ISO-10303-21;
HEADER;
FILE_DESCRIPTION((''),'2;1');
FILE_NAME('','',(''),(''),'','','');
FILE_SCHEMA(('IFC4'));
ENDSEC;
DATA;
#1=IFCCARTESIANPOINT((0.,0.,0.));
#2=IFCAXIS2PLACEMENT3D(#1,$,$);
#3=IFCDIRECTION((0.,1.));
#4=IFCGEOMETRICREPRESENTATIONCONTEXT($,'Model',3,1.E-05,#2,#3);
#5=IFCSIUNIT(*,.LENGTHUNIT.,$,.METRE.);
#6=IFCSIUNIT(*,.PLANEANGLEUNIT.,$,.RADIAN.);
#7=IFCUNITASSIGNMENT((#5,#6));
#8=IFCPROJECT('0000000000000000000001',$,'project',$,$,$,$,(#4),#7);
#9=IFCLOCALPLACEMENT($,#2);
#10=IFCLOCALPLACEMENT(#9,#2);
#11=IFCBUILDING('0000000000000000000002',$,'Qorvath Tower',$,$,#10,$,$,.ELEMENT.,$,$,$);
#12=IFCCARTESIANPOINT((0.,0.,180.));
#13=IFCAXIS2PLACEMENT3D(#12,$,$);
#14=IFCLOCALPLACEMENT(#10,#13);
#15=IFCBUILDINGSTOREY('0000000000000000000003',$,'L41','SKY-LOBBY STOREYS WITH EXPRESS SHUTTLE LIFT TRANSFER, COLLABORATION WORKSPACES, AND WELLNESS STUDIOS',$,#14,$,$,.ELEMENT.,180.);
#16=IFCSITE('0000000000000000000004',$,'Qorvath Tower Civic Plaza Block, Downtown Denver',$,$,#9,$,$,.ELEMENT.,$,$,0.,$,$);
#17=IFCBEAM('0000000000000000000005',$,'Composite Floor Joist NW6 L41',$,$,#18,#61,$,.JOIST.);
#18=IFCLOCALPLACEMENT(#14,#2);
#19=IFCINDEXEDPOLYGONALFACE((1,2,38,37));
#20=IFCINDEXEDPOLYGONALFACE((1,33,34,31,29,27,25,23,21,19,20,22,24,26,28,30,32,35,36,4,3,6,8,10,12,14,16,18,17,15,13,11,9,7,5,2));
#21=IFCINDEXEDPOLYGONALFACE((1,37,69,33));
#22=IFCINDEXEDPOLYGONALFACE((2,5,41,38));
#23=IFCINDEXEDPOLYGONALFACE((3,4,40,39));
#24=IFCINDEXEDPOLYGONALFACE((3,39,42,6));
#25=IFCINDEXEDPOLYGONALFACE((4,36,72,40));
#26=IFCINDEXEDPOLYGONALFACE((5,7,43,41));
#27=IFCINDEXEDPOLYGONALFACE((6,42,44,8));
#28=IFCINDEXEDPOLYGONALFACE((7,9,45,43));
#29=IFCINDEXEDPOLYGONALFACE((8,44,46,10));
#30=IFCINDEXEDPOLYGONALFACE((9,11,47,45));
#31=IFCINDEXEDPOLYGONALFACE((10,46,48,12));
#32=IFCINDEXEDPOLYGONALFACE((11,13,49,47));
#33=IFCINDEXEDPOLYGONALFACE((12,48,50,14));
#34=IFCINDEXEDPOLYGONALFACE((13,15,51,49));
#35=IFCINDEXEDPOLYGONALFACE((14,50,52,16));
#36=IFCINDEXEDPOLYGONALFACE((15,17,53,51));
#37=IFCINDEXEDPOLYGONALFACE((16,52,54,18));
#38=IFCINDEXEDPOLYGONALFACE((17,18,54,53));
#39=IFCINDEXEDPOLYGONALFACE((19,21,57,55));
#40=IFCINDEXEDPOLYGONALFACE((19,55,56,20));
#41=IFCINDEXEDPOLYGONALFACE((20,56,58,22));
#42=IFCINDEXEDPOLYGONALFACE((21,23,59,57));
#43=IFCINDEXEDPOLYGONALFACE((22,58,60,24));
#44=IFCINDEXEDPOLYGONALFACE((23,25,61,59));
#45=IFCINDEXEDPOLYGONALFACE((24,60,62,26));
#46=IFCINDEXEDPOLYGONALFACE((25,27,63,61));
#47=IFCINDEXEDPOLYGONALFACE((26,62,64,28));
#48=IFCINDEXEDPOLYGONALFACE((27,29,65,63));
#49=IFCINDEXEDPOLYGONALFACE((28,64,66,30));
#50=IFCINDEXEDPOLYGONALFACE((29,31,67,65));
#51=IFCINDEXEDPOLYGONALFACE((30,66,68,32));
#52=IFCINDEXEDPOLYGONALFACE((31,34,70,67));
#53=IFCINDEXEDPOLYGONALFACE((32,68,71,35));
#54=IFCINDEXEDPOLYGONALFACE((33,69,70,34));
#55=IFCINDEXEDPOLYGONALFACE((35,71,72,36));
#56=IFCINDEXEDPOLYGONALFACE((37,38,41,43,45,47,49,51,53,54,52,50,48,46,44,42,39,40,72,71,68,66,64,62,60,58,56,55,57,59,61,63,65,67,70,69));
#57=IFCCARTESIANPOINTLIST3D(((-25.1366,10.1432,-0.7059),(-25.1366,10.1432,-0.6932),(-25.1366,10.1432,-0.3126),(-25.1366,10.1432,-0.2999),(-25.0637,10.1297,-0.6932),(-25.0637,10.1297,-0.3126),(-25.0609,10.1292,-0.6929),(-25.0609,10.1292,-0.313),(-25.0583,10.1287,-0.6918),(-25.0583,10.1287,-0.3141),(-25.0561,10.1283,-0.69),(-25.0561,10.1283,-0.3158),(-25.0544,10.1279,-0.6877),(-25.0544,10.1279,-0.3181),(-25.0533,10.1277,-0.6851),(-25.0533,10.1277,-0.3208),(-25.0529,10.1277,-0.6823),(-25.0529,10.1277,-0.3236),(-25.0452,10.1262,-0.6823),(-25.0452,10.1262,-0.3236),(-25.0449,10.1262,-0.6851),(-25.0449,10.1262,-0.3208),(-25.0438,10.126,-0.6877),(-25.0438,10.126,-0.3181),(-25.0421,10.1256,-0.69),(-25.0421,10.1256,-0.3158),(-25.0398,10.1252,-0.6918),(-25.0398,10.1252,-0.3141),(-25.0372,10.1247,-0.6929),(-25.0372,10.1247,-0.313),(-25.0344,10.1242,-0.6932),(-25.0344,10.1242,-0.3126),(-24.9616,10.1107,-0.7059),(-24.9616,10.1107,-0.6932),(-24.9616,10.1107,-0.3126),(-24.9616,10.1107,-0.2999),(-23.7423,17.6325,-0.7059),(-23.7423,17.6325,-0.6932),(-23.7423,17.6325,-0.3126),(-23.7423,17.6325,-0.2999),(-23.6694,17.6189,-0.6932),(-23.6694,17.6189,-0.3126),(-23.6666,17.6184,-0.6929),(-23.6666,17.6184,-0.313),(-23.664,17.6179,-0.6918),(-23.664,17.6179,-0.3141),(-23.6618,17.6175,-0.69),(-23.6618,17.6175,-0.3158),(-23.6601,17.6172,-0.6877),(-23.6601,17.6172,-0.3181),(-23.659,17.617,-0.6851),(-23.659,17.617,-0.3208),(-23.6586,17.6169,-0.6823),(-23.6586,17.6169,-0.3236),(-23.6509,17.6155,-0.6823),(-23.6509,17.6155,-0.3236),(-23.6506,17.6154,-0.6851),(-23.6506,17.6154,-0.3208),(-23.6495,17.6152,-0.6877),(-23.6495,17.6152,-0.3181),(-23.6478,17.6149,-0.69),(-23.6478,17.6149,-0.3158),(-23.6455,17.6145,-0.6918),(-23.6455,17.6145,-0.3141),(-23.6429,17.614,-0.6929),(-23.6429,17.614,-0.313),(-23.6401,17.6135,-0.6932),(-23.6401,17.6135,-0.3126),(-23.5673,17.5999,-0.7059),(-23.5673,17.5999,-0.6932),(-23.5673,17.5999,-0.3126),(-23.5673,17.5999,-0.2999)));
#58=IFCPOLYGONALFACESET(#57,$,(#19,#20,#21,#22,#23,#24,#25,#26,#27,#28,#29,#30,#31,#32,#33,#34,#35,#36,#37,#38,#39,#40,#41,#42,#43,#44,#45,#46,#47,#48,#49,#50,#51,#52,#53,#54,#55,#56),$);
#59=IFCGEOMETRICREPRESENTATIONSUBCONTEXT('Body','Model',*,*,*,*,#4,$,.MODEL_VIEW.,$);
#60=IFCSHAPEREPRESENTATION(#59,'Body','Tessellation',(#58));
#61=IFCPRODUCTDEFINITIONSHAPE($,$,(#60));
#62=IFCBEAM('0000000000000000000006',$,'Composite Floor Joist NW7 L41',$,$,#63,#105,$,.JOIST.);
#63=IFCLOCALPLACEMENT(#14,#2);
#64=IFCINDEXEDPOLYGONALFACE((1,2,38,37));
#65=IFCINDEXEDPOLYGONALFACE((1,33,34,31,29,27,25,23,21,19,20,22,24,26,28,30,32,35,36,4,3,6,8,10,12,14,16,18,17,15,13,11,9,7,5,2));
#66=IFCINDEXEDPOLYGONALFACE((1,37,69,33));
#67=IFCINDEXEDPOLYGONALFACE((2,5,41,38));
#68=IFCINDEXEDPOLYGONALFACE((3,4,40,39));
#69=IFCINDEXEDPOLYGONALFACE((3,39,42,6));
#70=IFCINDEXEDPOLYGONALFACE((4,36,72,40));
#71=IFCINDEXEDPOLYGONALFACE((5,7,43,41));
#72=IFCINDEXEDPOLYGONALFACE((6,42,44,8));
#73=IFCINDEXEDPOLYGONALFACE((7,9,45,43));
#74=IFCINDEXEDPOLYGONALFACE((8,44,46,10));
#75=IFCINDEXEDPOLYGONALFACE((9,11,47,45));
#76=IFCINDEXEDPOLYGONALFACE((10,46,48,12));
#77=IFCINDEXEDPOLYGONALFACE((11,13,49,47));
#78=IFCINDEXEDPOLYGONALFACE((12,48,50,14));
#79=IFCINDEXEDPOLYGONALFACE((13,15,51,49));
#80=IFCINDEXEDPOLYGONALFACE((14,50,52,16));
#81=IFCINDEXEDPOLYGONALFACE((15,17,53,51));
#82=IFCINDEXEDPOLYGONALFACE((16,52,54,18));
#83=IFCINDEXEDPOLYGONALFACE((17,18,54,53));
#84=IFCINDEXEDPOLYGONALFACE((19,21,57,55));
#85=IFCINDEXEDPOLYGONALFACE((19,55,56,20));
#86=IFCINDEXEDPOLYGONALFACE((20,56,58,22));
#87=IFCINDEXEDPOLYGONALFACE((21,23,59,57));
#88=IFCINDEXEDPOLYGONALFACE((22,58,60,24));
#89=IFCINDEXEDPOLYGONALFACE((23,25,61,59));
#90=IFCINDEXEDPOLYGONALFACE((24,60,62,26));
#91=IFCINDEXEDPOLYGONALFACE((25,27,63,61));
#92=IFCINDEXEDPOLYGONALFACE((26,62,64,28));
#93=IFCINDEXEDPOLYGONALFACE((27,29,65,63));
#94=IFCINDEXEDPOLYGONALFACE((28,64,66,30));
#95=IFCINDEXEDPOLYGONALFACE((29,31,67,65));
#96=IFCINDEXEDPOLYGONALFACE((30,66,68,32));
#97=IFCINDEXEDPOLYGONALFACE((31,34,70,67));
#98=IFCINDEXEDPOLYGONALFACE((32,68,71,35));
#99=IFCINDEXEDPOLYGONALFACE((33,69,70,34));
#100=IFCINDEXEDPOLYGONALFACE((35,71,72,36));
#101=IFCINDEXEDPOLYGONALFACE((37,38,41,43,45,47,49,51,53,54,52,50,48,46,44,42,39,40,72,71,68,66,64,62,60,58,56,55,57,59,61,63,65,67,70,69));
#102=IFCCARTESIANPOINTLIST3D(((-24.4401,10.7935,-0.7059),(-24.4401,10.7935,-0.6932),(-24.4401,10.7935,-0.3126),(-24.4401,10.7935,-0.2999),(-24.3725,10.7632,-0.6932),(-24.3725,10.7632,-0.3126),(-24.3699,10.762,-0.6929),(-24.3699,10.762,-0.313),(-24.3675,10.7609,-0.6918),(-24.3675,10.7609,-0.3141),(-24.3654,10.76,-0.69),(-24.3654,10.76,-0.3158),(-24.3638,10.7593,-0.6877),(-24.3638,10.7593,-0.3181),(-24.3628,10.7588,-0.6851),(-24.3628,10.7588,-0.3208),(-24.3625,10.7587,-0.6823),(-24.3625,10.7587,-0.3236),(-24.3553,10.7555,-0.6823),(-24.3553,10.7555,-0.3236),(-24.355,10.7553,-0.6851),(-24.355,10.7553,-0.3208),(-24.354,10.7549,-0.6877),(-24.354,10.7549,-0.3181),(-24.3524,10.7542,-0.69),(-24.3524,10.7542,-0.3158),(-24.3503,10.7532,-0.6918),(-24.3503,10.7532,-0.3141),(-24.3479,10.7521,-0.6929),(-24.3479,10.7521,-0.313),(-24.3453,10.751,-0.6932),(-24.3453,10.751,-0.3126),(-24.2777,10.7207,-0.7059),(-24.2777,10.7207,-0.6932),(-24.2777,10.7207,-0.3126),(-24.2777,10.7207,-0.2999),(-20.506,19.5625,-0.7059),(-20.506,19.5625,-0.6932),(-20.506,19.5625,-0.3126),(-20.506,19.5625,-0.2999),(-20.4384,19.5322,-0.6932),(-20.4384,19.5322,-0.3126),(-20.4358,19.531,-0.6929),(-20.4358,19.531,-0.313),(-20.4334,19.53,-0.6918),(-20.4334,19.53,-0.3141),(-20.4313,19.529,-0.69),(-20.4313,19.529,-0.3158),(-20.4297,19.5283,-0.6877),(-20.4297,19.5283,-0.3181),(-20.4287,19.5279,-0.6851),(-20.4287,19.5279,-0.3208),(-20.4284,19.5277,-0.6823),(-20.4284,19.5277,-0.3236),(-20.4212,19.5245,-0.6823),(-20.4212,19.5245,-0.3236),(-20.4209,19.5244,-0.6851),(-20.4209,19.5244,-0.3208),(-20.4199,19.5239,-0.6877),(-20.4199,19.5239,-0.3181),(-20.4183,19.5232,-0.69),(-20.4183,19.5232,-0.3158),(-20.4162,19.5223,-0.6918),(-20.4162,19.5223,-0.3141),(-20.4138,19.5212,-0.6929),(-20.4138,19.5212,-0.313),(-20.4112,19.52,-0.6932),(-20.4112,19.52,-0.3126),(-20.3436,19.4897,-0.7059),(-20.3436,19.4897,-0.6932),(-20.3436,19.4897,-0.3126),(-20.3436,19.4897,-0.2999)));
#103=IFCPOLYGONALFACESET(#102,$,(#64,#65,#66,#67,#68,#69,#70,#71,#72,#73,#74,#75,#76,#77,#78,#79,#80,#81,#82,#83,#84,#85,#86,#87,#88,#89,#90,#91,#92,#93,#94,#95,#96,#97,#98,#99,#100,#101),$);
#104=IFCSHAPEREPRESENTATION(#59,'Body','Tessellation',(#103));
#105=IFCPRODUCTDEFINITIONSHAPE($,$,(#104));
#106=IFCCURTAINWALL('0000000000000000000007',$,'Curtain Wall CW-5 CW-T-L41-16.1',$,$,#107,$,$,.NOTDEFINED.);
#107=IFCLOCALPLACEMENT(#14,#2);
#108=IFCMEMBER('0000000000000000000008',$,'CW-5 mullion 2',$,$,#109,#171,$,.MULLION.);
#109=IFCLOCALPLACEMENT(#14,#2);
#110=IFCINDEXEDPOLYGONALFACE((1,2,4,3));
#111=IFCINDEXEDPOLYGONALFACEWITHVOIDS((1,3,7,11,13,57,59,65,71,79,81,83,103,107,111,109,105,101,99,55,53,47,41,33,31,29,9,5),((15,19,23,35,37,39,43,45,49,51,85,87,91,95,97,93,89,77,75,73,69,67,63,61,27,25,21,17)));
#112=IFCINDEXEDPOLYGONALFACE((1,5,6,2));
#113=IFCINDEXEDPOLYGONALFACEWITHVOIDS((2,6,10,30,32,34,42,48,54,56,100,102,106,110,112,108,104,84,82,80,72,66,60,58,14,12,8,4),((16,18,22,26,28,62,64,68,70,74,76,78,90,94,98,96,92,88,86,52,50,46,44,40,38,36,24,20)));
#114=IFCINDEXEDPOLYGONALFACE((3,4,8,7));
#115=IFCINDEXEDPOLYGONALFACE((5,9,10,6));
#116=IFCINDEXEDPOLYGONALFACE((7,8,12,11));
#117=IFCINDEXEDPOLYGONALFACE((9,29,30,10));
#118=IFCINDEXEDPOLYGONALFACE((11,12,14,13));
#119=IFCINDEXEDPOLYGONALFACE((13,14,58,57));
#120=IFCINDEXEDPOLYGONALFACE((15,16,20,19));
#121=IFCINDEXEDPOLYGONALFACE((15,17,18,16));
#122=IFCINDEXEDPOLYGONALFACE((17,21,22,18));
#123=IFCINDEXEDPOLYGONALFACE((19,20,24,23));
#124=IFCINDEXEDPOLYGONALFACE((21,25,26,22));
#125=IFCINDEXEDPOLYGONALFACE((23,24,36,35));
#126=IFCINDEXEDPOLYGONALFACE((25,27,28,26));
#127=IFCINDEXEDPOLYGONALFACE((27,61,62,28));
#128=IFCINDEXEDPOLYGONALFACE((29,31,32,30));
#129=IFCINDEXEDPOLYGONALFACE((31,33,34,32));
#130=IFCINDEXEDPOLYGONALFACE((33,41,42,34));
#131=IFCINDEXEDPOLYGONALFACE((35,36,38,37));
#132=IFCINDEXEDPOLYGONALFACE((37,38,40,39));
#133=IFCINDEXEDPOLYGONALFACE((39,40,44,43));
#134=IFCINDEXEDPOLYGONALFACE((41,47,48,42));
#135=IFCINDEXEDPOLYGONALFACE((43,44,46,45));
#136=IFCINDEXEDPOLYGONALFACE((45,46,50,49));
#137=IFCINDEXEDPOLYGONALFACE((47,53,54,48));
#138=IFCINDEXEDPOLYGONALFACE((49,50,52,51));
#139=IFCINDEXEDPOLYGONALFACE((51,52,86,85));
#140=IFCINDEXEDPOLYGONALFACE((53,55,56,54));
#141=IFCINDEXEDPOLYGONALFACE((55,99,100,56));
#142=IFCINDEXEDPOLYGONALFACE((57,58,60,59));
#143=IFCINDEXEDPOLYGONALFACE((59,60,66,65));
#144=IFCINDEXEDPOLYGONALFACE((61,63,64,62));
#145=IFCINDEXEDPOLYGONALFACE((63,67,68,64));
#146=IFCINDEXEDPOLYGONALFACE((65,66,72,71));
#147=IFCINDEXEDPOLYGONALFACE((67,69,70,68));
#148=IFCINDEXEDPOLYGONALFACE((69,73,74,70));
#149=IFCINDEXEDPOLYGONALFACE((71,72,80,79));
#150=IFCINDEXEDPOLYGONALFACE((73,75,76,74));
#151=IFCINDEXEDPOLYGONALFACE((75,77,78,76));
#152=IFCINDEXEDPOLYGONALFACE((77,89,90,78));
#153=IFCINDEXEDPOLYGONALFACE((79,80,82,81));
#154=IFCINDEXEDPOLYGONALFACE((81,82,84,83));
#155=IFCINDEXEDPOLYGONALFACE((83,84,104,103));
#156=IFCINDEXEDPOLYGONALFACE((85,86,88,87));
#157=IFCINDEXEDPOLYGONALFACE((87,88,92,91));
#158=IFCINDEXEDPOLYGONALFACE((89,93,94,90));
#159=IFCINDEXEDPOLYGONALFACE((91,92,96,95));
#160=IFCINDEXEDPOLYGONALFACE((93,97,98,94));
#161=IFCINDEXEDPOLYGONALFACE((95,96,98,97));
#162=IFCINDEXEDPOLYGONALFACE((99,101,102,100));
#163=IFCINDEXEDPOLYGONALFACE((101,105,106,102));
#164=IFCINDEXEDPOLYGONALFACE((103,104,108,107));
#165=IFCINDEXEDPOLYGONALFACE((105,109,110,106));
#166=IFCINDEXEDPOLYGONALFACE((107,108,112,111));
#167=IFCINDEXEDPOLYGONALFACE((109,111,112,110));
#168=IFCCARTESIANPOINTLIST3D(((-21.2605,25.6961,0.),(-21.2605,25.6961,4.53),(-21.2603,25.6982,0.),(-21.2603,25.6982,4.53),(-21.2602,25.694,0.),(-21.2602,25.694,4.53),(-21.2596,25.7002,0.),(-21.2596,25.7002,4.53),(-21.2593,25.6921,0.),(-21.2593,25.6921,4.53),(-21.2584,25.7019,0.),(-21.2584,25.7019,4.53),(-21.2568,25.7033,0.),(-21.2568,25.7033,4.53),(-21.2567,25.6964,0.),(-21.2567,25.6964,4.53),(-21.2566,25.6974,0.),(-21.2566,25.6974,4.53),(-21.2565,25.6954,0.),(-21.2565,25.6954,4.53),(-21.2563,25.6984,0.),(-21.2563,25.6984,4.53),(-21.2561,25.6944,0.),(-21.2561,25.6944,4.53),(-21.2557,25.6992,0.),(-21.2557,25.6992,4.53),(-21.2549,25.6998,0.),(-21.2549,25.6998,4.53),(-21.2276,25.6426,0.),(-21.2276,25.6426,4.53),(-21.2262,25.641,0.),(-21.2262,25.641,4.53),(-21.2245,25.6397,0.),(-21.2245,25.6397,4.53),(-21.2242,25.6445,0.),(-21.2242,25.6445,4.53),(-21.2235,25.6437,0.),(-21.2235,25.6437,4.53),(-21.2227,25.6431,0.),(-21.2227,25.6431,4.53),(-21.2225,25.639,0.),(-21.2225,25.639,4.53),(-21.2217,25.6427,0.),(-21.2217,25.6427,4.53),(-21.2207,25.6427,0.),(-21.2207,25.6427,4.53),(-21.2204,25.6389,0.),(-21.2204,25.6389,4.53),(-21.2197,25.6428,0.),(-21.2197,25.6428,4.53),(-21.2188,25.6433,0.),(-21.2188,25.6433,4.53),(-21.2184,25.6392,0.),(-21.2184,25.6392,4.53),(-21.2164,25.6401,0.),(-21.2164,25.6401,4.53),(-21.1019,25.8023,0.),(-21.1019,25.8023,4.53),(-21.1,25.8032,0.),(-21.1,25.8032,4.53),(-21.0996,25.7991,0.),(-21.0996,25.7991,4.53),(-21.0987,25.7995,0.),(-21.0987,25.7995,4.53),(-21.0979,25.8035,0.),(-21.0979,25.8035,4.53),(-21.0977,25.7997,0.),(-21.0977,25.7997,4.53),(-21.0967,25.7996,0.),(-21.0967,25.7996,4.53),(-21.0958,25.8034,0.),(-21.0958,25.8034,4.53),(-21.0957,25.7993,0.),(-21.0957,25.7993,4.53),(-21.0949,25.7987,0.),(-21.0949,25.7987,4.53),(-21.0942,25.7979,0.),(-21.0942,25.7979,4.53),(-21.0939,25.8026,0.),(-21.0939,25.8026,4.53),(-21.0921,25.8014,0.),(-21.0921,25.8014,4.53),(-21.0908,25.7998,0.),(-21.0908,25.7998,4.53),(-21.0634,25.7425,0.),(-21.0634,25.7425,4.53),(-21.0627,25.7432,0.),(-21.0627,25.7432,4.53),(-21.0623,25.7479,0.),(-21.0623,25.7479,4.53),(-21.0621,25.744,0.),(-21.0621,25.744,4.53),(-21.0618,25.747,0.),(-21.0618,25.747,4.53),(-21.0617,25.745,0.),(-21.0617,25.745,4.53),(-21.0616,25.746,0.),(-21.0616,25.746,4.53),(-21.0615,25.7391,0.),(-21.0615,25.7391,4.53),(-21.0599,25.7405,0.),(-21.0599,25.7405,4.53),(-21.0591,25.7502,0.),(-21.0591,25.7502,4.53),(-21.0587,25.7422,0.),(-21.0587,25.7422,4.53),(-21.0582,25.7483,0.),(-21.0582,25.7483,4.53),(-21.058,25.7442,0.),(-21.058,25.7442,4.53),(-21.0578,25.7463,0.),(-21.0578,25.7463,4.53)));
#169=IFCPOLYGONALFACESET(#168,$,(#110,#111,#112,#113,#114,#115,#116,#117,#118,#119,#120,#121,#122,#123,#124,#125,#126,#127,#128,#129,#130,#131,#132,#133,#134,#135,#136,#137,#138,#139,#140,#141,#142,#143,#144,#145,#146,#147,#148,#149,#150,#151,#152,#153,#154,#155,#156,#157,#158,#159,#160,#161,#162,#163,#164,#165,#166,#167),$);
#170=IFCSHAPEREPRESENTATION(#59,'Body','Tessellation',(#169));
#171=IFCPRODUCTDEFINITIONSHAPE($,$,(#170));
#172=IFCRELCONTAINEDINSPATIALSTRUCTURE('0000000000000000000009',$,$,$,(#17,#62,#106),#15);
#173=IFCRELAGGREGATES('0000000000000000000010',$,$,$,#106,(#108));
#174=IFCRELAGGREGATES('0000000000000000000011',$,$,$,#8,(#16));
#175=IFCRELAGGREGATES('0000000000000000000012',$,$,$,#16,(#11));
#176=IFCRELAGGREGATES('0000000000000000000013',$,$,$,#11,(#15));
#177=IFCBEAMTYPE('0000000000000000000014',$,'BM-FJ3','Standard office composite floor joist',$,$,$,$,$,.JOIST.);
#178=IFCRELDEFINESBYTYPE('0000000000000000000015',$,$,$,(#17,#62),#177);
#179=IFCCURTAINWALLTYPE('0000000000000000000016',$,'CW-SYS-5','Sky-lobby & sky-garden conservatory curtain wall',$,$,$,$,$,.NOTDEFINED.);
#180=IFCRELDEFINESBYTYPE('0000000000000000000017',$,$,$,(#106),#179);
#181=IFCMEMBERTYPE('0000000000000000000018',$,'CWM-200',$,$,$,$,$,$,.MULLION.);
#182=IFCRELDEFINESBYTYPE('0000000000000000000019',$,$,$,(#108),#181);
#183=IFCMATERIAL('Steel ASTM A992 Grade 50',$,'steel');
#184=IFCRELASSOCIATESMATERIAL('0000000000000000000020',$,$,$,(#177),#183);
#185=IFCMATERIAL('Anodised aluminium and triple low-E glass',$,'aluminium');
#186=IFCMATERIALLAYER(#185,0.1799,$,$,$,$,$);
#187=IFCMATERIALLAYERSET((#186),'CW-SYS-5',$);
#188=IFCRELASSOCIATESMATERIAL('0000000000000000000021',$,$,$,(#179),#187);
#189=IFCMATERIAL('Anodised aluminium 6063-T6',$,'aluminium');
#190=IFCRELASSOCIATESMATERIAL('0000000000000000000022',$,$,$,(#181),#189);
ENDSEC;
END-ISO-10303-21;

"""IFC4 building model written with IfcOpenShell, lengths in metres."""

from ifc_helpers import new_model, si_unit, direction, frame, origin, origin_2d, place, context, subcontext, project, spatial, hollow_rectangle, i_section, extrude, material, layer, layer_set, material_profile, profile_set, type_object, element, aggregate, save


model = new_model("IFC4")

# Units and contexts
model_context = context("Model", 3, precision=1e-05, world=origin(), true_north=direction((0.0, 1.0)))
body_context = subcontext(model_context, "Body", "Model", "MODEL_VIEW")
ifc_project = project(units=[si_unit("LENGTHUNIT", "METRE"), si_unit("PLANEANGLEUNIT", "RADIAN")], contexts=[model_context])

# Site, building, storey
site_placement = place(None, origin())
site = spatial("IfcSite", under=ifc_project, at=site_placement, Name="Qorvath Tower Civic Plaza Block, Downtown Denver", CompositionType="ELEMENT", RefElevation=0.0)
building_placement = place(site_placement, origin())
building = spatial("IfcBuilding", under=site, at=building_placement, Name="Qorvath Tower", CompositionType="ELEMENT")
storey_placement = place(building_placement, frame((0.0, 0.0, 180.0)))
storey = spatial("IfcBuildingStorey", under=building, at=storey_placement, Name="L41", Description="SKY-LOBBY STOREYS WITH EXPRESS SHUTTLE LIFT TRANSFER, COLLABORATION WORKSPACES, AND WELLNESS STUDIOS", CompositionType="ELEMENT", Elevation=180.0)

# Beams
ifc_material_1 = material(Name="Steel ASTM A992 Grade 50", Category="steel")
ifc_material_profile_1 = material_profile(ifc_material_1, i_section(OverallWidth=0.178, OverallDepth=0.406, WebThickness=0.0078, FlangeThickness=0.0127, FilletRadius=0.011, at=origin_2d()), Name="W16x40")
ifc_profile_set_1 = profile_set([ifc_material_profile_1], Name="Steel ASTM A992 Grade 50")
beam_type_1 = type_object("IfcBeamType", Name="BM-FJ3", Description="Standard office composite floor joist", PredefinedType="JOIST", material=ifc_profile_set_1)
beam_1_placement = place(storey_placement, frame((-25.0491, 10.127, -0.5029), z_axis=(0.183027, 0.983108, 0.0), x_axis=(-0.983108, 0.183027, 0.0)))
element("IfcBeam", 1, at=beam_1_placement, inside=storey, type_object=beam_type_1, Name="Composite Floor Joist NW6 L41", PredefinedType="JOIST", context=body_context, shape_type="SweptSolid", body=[
    extrude(i_section(OverallWidth=0.178, OverallDepth=0.406, WebThickness=0.0078, FlangeThickness=0.0127, FilletRadius=0.011, at=origin_2d()), origin(), (0.0, 0.0, 1.0), 7.6179),
])
beam_2_placement = place(storey_placement, frame((-24.3589, 10.7571, -0.5029), z_axis=(0.409327, 0.912388, 0.0), x_axis=(-0.912388, 0.409327, 0.0)))
element("IfcBeam", 2, at=beam_2_placement, inside=storey, type_object=beam_type_1, Name="Composite Floor Joist NW7 L41", PredefinedType="JOIST", context=body_context, shape_type="SweptSolid", body=[
    extrude(i_section(OverallWidth=0.178, OverallDepth=0.406, WebThickness=0.0078, FlangeThickness=0.0127, FilletRadius=0.011, at=origin_2d()), origin(), (0.0, 0.0, 1.0), 9.6111),
])

# Curtain wall, member
ifc_material_2 = material(Name="Anodised aluminium and triple low-E glass", Category="aluminium")
ifc_layer_1 = layer(ifc_material_2, 0.1799)
ifc_layer_set_1 = layer_set([ifc_layer_1], Name="CW-SYS-5")
curtain_wall_type = type_object("IfcCurtainWallType", Name="CW-SYS-5", Description="Sky-lobby & sky-garden conservatory curtain wall", PredefinedType="NOTDEFINED", material=ifc_layer_set_1)
curtain_wall_placement = place(storey_placement, origin())
curtain_wall = element("IfcCurtainWall", 3, at=curtain_wall_placement, inside=storey, type_object=curtain_wall_type, Name="Curtain Wall CW-5 CW-T-L41-16.1", PredefinedType="NOTDEFINED")
ifc_material_3 = material(Name="Anodised aluminium 6063-T6", Category="aluminium")
ifc_material_profile_2 = material_profile(ifc_material_3, hollow_rectangle(XDim=0.075, YDim=0.2, WallThickness=0.0039, InnerFilletRadius=0.0039, OuterFilletRadius=0.0081, at=origin_2d()), Name="CWM 200x75")
ifc_profile_set_2 = profile_set([ifc_material_profile_2], Name="Anodised aluminium 6063-T6")
member_type_1 = type_object("IfcMemberType", Name="CWM-200", PredefinedType="MULLION", material=ifc_profile_set_2)
member_1_placement = place(storey_placement, frame((-21.1592, 25.7212, 0.0), z_axis=(0.0, 0.0, 1.0), x_axis=(0.538544, -0.842597, 0.0)))
member_1 = element("IfcMember", 4, at=member_1_placement, type_object=member_type_1, Name="CW-5 mullion 2", PredefinedType="MULLION", context=body_context, shape_type="SweptSolid", body=[
    extrude(hollow_rectangle(XDim=0.075, YDim=0.2, WallThickness=0.0039, InnerFilletRadius=0.0039, OuterFilletRadius=0.0081, at=origin_2d()), origin(), (0.0, 0.0, 1.0), 4.53),
])

aggregate(curtain_wall, [member_1])

save(model, "model.ifc")
